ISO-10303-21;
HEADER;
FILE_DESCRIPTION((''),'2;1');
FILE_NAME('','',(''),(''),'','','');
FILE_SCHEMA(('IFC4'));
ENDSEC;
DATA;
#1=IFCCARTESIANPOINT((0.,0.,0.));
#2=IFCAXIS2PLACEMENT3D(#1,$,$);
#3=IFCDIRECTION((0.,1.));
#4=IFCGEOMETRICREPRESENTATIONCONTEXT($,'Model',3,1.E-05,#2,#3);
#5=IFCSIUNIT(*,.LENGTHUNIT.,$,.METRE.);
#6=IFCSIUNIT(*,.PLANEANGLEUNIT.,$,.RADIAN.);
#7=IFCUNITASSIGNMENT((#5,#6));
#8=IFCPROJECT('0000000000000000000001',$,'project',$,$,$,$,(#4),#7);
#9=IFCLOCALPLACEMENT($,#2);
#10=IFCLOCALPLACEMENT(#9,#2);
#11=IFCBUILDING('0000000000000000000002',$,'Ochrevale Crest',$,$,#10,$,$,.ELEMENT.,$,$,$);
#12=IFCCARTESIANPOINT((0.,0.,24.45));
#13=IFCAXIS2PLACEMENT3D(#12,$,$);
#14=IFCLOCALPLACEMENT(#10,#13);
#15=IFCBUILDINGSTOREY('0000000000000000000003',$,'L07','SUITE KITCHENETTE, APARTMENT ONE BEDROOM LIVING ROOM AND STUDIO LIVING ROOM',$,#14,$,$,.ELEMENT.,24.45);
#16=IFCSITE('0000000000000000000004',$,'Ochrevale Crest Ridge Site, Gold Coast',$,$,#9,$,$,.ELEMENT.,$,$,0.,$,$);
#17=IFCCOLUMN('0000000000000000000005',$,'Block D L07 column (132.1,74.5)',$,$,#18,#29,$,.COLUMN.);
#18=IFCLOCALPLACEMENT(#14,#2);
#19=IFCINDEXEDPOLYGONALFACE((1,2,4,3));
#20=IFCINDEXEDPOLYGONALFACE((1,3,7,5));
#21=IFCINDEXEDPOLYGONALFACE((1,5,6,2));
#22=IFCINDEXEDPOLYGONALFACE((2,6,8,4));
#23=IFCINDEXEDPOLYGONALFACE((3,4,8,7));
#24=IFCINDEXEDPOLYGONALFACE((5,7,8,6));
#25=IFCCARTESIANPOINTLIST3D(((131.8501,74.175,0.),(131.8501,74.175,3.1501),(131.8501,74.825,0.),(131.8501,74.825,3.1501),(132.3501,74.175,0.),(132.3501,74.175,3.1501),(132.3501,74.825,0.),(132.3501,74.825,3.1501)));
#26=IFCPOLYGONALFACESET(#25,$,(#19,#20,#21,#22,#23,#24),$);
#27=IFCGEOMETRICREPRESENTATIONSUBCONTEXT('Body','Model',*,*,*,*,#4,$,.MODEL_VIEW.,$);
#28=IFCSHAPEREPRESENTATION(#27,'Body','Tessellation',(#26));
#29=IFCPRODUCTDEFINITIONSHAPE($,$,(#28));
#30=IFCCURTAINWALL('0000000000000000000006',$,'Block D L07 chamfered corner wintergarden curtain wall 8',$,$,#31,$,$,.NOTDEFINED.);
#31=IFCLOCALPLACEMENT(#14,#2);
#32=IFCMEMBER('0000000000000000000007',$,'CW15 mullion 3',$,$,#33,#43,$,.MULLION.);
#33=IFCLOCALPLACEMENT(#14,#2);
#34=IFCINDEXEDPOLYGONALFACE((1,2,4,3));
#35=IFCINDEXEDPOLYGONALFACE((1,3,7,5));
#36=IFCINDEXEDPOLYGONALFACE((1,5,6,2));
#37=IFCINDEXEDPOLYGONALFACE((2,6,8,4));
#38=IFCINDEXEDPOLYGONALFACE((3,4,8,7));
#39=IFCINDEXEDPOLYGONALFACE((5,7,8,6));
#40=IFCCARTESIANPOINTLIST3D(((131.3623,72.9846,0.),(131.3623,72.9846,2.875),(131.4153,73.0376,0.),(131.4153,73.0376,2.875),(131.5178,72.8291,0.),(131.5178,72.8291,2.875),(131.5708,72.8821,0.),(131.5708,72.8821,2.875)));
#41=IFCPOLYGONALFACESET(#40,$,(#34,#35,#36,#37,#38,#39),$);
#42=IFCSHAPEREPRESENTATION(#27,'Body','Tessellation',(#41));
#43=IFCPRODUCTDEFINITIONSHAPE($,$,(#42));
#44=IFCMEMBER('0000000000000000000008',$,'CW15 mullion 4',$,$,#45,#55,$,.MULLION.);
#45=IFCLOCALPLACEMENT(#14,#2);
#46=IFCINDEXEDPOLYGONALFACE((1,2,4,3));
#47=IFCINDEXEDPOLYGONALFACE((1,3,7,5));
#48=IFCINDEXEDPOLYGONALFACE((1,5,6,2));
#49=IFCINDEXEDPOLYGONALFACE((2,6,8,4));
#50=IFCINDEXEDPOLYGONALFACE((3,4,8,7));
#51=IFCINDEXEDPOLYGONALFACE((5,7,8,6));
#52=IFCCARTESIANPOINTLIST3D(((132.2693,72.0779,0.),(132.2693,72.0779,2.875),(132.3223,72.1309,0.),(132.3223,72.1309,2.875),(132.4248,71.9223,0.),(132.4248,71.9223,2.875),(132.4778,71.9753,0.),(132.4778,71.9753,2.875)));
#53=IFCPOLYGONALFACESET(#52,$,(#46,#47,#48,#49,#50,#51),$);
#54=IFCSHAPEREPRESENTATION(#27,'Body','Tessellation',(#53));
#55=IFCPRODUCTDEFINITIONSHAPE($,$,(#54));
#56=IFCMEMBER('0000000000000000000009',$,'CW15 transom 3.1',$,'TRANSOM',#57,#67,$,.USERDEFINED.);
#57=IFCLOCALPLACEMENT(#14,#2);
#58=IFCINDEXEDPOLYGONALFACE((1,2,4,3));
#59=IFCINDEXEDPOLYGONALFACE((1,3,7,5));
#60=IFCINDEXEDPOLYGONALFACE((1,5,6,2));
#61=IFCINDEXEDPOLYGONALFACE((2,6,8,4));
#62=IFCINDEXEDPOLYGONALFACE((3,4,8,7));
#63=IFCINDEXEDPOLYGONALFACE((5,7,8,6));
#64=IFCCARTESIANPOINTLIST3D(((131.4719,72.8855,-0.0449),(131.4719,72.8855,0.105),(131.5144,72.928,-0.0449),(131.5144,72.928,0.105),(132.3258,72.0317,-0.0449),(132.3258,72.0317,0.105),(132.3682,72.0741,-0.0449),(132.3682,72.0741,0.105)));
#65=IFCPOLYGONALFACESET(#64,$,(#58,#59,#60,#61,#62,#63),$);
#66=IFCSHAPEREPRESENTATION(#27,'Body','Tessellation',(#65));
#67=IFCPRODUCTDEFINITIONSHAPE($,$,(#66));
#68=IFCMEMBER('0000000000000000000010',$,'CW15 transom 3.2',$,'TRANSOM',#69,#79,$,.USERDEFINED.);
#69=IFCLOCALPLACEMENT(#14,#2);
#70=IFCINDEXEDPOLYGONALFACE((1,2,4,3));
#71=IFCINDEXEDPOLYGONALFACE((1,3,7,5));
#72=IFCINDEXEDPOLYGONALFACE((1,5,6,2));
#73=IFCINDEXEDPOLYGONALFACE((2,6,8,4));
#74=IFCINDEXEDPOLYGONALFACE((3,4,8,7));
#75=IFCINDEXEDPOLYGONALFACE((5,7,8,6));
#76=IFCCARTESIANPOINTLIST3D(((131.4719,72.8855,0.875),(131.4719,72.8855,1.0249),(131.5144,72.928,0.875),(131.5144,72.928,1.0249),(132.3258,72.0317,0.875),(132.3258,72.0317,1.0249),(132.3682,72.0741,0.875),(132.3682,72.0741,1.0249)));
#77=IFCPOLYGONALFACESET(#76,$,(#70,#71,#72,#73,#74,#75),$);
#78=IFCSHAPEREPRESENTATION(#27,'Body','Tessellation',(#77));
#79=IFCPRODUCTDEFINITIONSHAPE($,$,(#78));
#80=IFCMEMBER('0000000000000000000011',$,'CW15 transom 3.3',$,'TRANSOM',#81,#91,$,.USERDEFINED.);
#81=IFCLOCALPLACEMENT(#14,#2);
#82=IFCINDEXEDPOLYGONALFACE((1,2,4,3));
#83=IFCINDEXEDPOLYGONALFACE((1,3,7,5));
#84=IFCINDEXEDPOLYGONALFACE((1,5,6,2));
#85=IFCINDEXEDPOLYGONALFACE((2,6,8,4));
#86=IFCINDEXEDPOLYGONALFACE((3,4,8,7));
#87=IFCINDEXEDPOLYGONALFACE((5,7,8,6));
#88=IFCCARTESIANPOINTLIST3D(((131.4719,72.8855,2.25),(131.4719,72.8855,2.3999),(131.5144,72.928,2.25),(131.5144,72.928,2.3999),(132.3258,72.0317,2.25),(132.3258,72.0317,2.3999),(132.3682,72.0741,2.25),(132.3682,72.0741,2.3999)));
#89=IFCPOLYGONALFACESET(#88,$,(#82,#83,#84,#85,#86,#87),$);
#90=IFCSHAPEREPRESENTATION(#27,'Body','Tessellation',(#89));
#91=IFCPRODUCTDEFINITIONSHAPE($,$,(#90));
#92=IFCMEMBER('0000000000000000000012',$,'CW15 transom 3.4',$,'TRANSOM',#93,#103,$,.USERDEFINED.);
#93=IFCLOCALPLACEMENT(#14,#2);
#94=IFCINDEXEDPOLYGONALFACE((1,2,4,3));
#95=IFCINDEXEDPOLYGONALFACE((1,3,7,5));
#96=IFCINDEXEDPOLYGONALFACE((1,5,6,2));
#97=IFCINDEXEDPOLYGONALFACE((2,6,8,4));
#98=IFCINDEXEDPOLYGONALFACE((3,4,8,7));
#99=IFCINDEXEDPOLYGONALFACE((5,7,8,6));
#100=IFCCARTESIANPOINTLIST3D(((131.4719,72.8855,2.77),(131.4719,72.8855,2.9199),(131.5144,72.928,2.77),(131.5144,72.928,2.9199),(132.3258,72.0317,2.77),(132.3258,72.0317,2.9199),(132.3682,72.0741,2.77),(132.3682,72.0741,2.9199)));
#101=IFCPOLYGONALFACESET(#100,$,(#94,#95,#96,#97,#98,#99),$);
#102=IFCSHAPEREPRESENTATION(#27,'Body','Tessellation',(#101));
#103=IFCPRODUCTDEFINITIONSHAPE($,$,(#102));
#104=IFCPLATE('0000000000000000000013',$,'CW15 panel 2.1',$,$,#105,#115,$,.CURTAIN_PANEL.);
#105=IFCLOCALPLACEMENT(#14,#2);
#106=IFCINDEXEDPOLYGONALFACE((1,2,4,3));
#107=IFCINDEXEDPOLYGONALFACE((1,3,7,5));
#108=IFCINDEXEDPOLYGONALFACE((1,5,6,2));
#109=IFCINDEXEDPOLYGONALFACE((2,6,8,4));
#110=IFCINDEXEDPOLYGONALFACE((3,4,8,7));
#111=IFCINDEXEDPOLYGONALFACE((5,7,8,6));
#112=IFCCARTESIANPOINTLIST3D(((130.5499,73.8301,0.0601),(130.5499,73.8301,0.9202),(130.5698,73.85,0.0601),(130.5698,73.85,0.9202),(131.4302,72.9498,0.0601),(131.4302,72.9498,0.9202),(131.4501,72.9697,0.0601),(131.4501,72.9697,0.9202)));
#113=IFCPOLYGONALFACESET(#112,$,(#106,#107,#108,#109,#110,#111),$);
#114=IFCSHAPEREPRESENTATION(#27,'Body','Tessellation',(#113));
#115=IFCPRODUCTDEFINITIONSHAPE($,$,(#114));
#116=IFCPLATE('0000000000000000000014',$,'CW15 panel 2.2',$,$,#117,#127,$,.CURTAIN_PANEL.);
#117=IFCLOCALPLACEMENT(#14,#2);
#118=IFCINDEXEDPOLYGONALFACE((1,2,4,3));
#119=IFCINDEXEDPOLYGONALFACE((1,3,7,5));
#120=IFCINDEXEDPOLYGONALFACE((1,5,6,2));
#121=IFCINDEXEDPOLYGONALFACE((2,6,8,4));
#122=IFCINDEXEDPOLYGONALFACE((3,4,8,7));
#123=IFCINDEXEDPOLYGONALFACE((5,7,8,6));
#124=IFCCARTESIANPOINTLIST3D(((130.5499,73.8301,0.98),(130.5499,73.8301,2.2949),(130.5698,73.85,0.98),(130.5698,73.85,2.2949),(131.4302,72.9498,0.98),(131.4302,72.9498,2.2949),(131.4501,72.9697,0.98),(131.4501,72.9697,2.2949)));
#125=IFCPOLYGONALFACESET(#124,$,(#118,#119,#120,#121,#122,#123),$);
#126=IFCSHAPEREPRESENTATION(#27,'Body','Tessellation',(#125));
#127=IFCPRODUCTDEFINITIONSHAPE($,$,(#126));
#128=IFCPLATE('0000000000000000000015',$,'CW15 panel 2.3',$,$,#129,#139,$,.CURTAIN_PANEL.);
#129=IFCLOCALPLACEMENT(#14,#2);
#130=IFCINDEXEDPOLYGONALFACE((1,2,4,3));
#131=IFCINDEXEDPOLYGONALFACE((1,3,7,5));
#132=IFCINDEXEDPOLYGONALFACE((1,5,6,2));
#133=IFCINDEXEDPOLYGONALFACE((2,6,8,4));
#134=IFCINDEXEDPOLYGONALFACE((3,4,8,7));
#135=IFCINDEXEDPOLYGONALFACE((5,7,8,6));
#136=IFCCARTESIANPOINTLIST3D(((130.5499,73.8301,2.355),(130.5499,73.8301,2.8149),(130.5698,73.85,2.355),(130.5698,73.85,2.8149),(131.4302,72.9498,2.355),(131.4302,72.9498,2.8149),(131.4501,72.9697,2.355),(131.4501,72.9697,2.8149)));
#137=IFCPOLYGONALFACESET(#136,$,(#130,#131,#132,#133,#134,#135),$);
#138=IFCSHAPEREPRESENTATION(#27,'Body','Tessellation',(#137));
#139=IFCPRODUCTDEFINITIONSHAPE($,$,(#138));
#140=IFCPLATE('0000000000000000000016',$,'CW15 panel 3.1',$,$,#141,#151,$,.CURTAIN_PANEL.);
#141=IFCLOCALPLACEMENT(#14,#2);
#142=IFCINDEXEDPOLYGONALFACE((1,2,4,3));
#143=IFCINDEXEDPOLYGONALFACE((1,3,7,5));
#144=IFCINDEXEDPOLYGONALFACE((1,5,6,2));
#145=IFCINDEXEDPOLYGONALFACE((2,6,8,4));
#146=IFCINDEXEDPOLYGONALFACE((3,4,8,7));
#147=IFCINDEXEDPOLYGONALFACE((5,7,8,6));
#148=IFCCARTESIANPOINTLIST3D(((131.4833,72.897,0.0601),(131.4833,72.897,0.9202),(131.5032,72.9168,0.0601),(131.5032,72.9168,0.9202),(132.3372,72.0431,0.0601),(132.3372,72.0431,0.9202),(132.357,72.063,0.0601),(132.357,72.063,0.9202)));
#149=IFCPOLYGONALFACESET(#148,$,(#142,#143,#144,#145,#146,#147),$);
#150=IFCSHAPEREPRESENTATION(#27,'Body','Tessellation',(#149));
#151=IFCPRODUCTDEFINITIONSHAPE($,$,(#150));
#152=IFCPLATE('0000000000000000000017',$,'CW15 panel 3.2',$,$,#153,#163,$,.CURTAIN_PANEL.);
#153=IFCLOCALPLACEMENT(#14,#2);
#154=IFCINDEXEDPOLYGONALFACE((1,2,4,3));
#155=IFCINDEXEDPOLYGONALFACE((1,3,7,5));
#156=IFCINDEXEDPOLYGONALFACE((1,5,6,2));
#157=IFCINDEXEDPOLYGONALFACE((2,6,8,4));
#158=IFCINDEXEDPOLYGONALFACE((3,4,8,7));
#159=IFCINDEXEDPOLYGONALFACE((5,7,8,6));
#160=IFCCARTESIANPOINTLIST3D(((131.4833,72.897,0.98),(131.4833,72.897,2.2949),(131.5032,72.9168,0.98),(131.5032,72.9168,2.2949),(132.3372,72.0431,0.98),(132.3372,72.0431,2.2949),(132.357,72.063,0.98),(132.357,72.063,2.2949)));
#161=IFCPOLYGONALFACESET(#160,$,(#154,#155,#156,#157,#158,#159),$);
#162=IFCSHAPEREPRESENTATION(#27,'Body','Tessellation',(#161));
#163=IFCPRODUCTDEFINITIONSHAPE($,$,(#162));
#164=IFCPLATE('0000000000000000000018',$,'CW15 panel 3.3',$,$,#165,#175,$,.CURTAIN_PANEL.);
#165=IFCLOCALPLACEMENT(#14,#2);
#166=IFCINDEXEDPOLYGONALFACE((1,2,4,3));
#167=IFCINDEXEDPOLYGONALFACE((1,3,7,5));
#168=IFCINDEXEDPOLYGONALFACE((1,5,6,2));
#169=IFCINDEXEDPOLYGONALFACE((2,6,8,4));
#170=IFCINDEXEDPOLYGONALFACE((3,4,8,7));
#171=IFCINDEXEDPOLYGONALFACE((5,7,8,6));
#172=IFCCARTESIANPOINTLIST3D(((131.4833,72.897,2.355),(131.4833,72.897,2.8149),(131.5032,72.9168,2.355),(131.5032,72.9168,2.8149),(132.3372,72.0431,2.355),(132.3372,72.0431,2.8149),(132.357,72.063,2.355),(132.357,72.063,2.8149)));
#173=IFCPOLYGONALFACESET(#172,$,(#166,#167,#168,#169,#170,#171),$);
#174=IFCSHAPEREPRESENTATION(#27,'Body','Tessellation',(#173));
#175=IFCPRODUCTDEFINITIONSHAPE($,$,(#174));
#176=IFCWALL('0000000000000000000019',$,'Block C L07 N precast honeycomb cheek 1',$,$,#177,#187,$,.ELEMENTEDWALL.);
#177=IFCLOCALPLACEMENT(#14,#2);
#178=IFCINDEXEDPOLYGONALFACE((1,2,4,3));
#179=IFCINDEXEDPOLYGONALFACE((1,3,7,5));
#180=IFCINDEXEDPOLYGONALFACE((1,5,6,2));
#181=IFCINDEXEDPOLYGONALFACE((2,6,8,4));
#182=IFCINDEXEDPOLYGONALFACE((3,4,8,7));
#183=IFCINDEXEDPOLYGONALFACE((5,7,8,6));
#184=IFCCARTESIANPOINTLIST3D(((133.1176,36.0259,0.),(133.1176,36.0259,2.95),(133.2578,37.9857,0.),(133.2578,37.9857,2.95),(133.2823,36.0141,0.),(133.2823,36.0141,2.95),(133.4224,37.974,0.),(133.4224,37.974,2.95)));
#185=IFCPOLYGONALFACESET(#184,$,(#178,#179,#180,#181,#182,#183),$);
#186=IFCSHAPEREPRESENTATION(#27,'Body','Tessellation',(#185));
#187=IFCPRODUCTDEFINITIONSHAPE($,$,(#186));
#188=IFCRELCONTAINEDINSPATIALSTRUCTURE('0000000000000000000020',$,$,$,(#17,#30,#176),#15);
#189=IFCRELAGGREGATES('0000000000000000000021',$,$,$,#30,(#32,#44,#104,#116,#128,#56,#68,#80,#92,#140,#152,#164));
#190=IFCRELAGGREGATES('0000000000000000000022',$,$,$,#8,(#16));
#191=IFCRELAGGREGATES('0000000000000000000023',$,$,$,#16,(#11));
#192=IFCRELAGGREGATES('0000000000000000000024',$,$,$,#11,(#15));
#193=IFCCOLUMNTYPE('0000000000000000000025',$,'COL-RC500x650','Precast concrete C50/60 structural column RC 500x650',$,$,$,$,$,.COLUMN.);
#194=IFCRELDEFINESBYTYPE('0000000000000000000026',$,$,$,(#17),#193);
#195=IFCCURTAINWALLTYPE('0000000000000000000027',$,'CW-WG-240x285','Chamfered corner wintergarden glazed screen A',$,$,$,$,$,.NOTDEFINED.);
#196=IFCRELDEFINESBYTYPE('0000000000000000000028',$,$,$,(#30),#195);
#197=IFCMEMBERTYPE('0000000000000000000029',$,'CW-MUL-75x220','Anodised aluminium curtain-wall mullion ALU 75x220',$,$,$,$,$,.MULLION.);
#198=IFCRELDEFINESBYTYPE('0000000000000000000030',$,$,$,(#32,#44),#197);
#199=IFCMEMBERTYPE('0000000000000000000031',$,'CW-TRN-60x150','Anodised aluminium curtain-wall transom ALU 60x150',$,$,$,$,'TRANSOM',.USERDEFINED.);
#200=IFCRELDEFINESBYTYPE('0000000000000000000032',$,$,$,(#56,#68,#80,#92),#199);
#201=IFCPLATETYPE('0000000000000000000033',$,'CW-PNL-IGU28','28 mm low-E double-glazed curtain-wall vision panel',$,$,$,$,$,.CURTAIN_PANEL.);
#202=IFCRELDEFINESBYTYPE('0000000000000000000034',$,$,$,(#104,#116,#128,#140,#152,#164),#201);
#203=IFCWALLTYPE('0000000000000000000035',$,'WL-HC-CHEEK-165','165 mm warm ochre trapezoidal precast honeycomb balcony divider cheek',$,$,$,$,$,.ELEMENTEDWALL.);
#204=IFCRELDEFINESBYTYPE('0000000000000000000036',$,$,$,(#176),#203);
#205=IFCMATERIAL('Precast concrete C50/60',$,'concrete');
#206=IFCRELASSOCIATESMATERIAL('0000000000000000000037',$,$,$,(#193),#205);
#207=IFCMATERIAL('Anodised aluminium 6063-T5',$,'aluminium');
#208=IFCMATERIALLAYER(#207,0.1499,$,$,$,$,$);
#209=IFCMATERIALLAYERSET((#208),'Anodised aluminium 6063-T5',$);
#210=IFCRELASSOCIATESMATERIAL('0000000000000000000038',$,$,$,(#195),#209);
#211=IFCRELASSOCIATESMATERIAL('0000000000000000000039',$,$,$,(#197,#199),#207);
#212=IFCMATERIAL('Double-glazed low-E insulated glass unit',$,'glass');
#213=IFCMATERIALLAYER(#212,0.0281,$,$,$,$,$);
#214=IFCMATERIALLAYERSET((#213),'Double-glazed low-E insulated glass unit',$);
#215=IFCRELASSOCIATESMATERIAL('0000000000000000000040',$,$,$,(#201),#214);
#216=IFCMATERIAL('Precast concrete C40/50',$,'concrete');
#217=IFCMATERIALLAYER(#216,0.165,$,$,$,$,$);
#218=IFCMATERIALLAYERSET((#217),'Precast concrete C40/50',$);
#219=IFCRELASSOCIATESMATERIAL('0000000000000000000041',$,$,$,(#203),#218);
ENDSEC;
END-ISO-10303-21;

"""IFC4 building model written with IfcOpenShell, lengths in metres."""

from ifc_helpers import new_model, si_unit, direction, frame, frame_2d, origin, origin_2d, place, context, subcontext, project, spatial, rectangle, extrude, material, layer, layer_set, material_profile, profile_set, type_object, element, aggregate, save


model = new_model("IFC4")

# Units and contexts
model_context = context("Model", 3, precision=1e-05, world=origin(), true_north=direction((0.0, 1.0)))
body_context = subcontext(model_context, "Body", "Model", "MODEL_VIEW")
ifc_project = project(units=[si_unit("LENGTHUNIT", "METRE"), si_unit("PLANEANGLEUNIT", "RADIAN")], contexts=[model_context])

# Site, building, storey
site_placement = place(None, origin())
site = spatial("IfcSite", under=ifc_project, at=site_placement, Name="Ochrevale Crest Ridge Site, Gold Coast", CompositionType="ELEMENT", RefElevation=0.0)
building_placement = place(site_placement, origin())
building = spatial("IfcBuilding", under=site, at=building_placement, Name="Ochrevale Crest", CompositionType="ELEMENT")
storey_placement = place(building_placement, frame((0.0, 0.0, 24.45)))
storey = spatial("IfcBuildingStorey", under=building, at=storey_placement, Name="L07", Description="SUITE KITCHENETTE, APARTMENT ONE BEDROOM LIVING ROOM AND STUDIO LIVING ROOM", CompositionType="ELEMENT", Elevation=24.45)

# Column
ifc_material_1 = material(Name="Precast concrete C50/60", Category="concrete")
ifc_material_profile_1 = material_profile(ifc_material_1, rectangle(XDim=0.5, YDim=0.6499, at=origin_2d()), Name="RC 500x650")
ifc_profile_set_1 = profile_set([ifc_material_profile_1], Name="Precast concrete C50/60")
column_type = type_object("IfcColumnType", Name="COL-RC500x650", Description="Precast concrete C50/60 structural column RC 500x650", PredefinedType="COLUMN", material=ifc_profile_set_1)
column_placement = place(storey_placement, frame((132.1001, 74.5, 0.0), z_axis=(0.0, 0.0, 1.0), x_axis=(1.0, 0.0, 0.0)))
element("IfcColumn", 1, at=column_placement, inside=storey, type_object=column_type, Name="Block D L07 column (132.1,74.5)", PredefinedType="COLUMN", context=body_context, shape_type="SweptSolid", body=[
    extrude(rectangle(XDim=0.5, YDim=0.6499, at=origin_2d()), origin(), (0.0, 0.0, 1.0), 3.1501),
])

# Curtain wall, members, plates
ifc_material_2 = material(Name="Anodised aluminium 6063-T5", Category="aluminium")
ifc_layer_1 = layer(ifc_material_2, 0.1499)
ifc_layer_set_1 = layer_set([ifc_layer_1], Name="Anodised aluminium 6063-T5")
curtain_wall_type = type_object("IfcCurtainWallType", Name="CW-WG-240x285", Description="Chamfered corner wintergarden glazed screen A", PredefinedType="NOTDEFINED", material=ifc_layer_set_1)
curtain_wall_placement = place(storey_placement, origin())
curtain_wall = element("IfcCurtainWall", 2, at=curtain_wall_placement, inside=storey, type_object=curtain_wall_type, Name="Block D L07 chamfered corner wintergarden curtain wall 8", PredefinedType="NOTDEFINED")
ifc_material_profile_2 = material_profile(ifc_material_2, rectangle(XDim=0.075, YDim=0.22, at=origin_2d()), Name="ALU 75x220")
ifc_profile_set_2 = profile_set([ifc_material_profile_2], Name="Anodised aluminium 6063-T5")
member_type_1 = type_object("IfcMemberType", Name="CW-MUL-75x220", Description="Anodised aluminium curtain-wall mullion ALU 75x220", PredefinedType="MULLION", material=ifc_profile_set_2)
member_1_placement = place(storey_placement, frame((131.4666, 72.9333, 0.0), z_axis=(0.0, 0.0, 1.0), x_axis=(0.707107, 0.707107, 0.0)))
member_1 = element("IfcMember", 3, at=member_1_placement, type_object=member_type_1, Name="CW15 mullion 3", PredefinedType="MULLION", context=body_context, shape_type="SweptSolid", body=[
    extrude(rectangle(XDim=0.075, YDim=0.22, at=origin_2d()), origin(), (0.0, 0.0, 1.0), 2.875),
])
member_2_placement = place(storey_placement, frame((132.3735, 72.0266, 0.0), z_axis=(0.0, 0.0, 1.0), x_axis=(0.707107, 0.707107, 0.0)))
member_2 = element("IfcMember", 4, at=member_2_placement, type_object=member_type_1, Name="CW15 mullion 4", PredefinedType="MULLION", context=body_context, shape_type="SweptSolid", body=[
    extrude(rectangle(XDim=0.075, YDim=0.22, at=origin_2d()), origin(), (0.0, 0.0, 1.0), 2.875),
])
ifc_material_profile_3 = material_profile(ifc_material_2, rectangle(XDim=0.0601, YDim=0.1499, at=origin_2d()), Name="ALU 60x150")
ifc_profile_set_3 = profile_set([ifc_material_profile_3], Name="Anodised aluminium 6063-T5")
member_type_2 = type_object("IfcMemberType", Name="CW-TRN-60x150", Description="Anodised aluminium curtain-wall transom ALU 60x150", ElementType="TRANSOM", PredefinedType="USERDEFINED", material=ifc_profile_set_3)
member_3_placement = place(storey_placement, frame((131.4932, 72.9067, 0.03), z_axis=(0.707107, -0.707107, 0.0), x_axis=(0.707107, 0.707107, 0.0)))
member_3 = element("IfcMember", 5, at=member_3_placement, type_object=member_type_2, Name="CW15 transom 3.1", ObjectType="TRANSOM", PredefinedType="USERDEFINED", context=body_context, shape_type="SweptSolid", body=[
    extrude(rectangle(XDim=0.0601, YDim=0.1499, at=origin_2d()), origin(), (0.0, 0.0, 1.0), 1.2075),
])
member_4_placement = place(storey_placement, frame((131.4932, 72.9067, 0.95), z_axis=(0.707107, -0.707107, 0.0), x_axis=(0.707107, 0.707107, 0.0)))
member_4 = element("IfcMember", 6, at=member_4_placement, type_object=member_type_2, Name="CW15 transom 3.2", ObjectType="TRANSOM", PredefinedType="USERDEFINED", context=body_context, shape_type="SweptSolid", body=[
    extrude(rectangle(XDim=0.0601, YDim=0.1499, at=origin_2d()), origin(), (0.0, 0.0, 1.0), 1.2075),
])
member_5_placement = place(storey_placement, frame((131.4932, 72.9067, 2.325), z_axis=(0.707107, -0.707107, 0.0), x_axis=(0.707107, 0.707107, 0.0)))
member_5 = element("IfcMember", 7, at=member_5_placement, type_object=member_type_2, Name="CW15 transom 3.3", ObjectType="TRANSOM", PredefinedType="USERDEFINED", context=body_context, shape_type="SweptSolid", body=[
    extrude(rectangle(XDim=0.0601, YDim=0.1499, at=origin_2d()), origin(), (0.0, 0.0, 1.0), 1.2075),
])
member_6_placement = place(storey_placement, frame((131.4932, 72.9067, 2.845), z_axis=(0.707107, -0.707107, 0.0), x_axis=(0.707107, 0.707107, 0.0)))
member_6 = element("IfcMember", 8, at=member_6_placement, type_object=member_type_2, Name="CW15 transom 3.4", ObjectType="TRANSOM", PredefinedType="USERDEFINED", context=body_context, shape_type="SweptSolid", body=[
    extrude(rectangle(XDim=0.0601, YDim=0.1499, at=origin_2d()), origin(), (0.0, 0.0, 1.0), 1.2075),
])
ifc_material_3 = material(Name="Double-glazed low-E insulated glass unit", Category="glass")
ifc_layer_2 = layer(ifc_material_3, 0.0281)
ifc_layer_set_2 = layer_set([ifc_layer_2], Name="Double-glazed low-E insulated glass unit")
plate_type = type_object("IfcPlateType", Name="CW-PNL-IGU28", Description="28 mm low-E double-glazed curtain-wall vision panel", PredefinedType="CURTAIN_PANEL", material=ifc_layer_set_2)
plate_1_placement = place(storey_placement, frame((131.0, 73.3999, 0.0601), z_axis=(0.0, 0.0, 1.0), x_axis=(0.707107, -0.707107, 0.0)))
plate_1 = element("IfcPlate", 9, at=plate_1_placement, type_object=plate_type, Name="CW15 panel 2.1", PredefinedType="CURTAIN_PANEL", context=body_context, shape_type="SweptSolid", body=[
    extrude(rectangle(XDim=1.2449, YDim=0.0281, at=origin_2d()), origin(), (0.0, 0.0, 1.0), 0.8601),
])
plate_2_placement = place(storey_placement, frame((131.0, 73.3999, 0.98), z_axis=(0.0, 0.0, 1.0), x_axis=(0.707107, -0.707107, 0.0)))
plate_2 = element("IfcPlate", 10, at=plate_2_placement, type_object=plate_type, Name="CW15 panel 2.2", PredefinedType="CURTAIN_PANEL", context=body_context, shape_type="SweptSolid", body=[
    extrude(rectangle(XDim=1.2449, YDim=0.0281, at=origin_2d()), origin(), (0.0, 0.0, 1.0), 1.3149),
])
plate_3_placement = place(storey_placement, frame((131.0, 73.3999, 2.355), z_axis=(0.0, 0.0, 1.0), x_axis=(0.707107, -0.707107, 0.0)))
plate_3 = element("IfcPlate", 11, at=plate_3_placement, type_object=plate_type, Name="CW15 panel 2.3", PredefinedType="CURTAIN_PANEL", context=body_context, shape_type="SweptSolid", body=[
    extrude(rectangle(XDim=1.2449, YDim=0.0281, at=origin_2d()), origin(), (0.0, 0.0, 1.0), 0.46),
])
plate_4_placement = place(storey_placement, frame((131.9202, 72.48, 0.0601), z_axis=(0.0, 0.0, 1.0), x_axis=(0.707107, -0.707107, 0.0)))
plate_4 = element("IfcPlate", 12, at=plate_4_placement, type_object=plate_type, Name="CW15 panel 3.1", PredefinedType="CURTAIN_PANEL", context=body_context, shape_type="SweptSolid", body=[
    extrude(rectangle(XDim=1.2075, YDim=0.0281, at=origin_2d()), origin(), (0.0, 0.0, 1.0), 0.8601),
])
plate_5_placement = place(storey_placement, frame((131.9202, 72.48, 0.98), z_axis=(0.0, 0.0, 1.0), x_axis=(0.707107, -0.707107, 0.0)))
plate_5 = element("IfcPlate", 13, at=plate_5_placement, type_object=plate_type, Name="CW15 panel 3.2", PredefinedType="CURTAIN_PANEL", context=body_context, shape_type="SweptSolid", body=[
    extrude(rectangle(XDim=1.2075, YDim=0.0281, at=origin_2d()), origin(), (0.0, 0.0, 1.0), 1.3149),
])
plate_6_placement = place(storey_placement, frame((131.9202, 72.48, 2.355), z_axis=(0.0, 0.0, 1.0), x_axis=(0.707107, -0.707107, 0.0)))
plate_6 = element("IfcPlate", 14, at=plate_6_placement, type_object=plate_type, Name="CW15 panel 3.3", PredefinedType="CURTAIN_PANEL", context=body_context, shape_type="SweptSolid", body=[
    extrude(rectangle(XDim=1.2075, YDim=0.0281, at=origin_2d()), origin(), (0.0, 0.0, 1.0), 0.46),
])
aggregate(curtain_wall, [member_1, member_2, plate_1, plate_2, plate_3, member_3, member_4, member_5, member_6, plate_4, plate_5, plate_6])

# Shared definitions
ifc_material_4 = material(Name="Precast concrete C40/50", Category="concrete")

# Wall
ifc_layer_3 = layer(ifc_material_4, 0.165)
ifc_layer_set_3 = layer_set([ifc_layer_3], Name="Precast concrete C40/50")
wall_type_1 = type_object("IfcWallType", Name="WL-HC-CHEEK-165", Description="165 mm warm ochre trapezoidal precast honeycomb balcony divider cheek", PredefinedType="ELEMENTEDWALL", material=ifc_layer_set_3)
for number, where, z_axis, x_axis, name in (
    (15, (133.2, 36.02, 0.0), (0.0, 0.0, 1.0), (0.071318, 0.997454, 0.0), "Block C L07 N precast honeycomb cheek 1"),
):
    element("IfcWall", number, at=place(storey_placement, frame(where, z_axis=z_axis, x_axis=x_axis)), inside=storey, type_object=wall_type_1, Name=name, PredefinedType="ELEMENTEDWALL", context=body_context, shape_type="SweptSolid", body=[
        extrude(rectangle(XDim=1.9648, YDim=0.165, at=frame_2d((0.9824, 0.0))), origin(), (0.0, 0.0, 1.0), 2.95),
    ])

save(model, "model.ifc")
